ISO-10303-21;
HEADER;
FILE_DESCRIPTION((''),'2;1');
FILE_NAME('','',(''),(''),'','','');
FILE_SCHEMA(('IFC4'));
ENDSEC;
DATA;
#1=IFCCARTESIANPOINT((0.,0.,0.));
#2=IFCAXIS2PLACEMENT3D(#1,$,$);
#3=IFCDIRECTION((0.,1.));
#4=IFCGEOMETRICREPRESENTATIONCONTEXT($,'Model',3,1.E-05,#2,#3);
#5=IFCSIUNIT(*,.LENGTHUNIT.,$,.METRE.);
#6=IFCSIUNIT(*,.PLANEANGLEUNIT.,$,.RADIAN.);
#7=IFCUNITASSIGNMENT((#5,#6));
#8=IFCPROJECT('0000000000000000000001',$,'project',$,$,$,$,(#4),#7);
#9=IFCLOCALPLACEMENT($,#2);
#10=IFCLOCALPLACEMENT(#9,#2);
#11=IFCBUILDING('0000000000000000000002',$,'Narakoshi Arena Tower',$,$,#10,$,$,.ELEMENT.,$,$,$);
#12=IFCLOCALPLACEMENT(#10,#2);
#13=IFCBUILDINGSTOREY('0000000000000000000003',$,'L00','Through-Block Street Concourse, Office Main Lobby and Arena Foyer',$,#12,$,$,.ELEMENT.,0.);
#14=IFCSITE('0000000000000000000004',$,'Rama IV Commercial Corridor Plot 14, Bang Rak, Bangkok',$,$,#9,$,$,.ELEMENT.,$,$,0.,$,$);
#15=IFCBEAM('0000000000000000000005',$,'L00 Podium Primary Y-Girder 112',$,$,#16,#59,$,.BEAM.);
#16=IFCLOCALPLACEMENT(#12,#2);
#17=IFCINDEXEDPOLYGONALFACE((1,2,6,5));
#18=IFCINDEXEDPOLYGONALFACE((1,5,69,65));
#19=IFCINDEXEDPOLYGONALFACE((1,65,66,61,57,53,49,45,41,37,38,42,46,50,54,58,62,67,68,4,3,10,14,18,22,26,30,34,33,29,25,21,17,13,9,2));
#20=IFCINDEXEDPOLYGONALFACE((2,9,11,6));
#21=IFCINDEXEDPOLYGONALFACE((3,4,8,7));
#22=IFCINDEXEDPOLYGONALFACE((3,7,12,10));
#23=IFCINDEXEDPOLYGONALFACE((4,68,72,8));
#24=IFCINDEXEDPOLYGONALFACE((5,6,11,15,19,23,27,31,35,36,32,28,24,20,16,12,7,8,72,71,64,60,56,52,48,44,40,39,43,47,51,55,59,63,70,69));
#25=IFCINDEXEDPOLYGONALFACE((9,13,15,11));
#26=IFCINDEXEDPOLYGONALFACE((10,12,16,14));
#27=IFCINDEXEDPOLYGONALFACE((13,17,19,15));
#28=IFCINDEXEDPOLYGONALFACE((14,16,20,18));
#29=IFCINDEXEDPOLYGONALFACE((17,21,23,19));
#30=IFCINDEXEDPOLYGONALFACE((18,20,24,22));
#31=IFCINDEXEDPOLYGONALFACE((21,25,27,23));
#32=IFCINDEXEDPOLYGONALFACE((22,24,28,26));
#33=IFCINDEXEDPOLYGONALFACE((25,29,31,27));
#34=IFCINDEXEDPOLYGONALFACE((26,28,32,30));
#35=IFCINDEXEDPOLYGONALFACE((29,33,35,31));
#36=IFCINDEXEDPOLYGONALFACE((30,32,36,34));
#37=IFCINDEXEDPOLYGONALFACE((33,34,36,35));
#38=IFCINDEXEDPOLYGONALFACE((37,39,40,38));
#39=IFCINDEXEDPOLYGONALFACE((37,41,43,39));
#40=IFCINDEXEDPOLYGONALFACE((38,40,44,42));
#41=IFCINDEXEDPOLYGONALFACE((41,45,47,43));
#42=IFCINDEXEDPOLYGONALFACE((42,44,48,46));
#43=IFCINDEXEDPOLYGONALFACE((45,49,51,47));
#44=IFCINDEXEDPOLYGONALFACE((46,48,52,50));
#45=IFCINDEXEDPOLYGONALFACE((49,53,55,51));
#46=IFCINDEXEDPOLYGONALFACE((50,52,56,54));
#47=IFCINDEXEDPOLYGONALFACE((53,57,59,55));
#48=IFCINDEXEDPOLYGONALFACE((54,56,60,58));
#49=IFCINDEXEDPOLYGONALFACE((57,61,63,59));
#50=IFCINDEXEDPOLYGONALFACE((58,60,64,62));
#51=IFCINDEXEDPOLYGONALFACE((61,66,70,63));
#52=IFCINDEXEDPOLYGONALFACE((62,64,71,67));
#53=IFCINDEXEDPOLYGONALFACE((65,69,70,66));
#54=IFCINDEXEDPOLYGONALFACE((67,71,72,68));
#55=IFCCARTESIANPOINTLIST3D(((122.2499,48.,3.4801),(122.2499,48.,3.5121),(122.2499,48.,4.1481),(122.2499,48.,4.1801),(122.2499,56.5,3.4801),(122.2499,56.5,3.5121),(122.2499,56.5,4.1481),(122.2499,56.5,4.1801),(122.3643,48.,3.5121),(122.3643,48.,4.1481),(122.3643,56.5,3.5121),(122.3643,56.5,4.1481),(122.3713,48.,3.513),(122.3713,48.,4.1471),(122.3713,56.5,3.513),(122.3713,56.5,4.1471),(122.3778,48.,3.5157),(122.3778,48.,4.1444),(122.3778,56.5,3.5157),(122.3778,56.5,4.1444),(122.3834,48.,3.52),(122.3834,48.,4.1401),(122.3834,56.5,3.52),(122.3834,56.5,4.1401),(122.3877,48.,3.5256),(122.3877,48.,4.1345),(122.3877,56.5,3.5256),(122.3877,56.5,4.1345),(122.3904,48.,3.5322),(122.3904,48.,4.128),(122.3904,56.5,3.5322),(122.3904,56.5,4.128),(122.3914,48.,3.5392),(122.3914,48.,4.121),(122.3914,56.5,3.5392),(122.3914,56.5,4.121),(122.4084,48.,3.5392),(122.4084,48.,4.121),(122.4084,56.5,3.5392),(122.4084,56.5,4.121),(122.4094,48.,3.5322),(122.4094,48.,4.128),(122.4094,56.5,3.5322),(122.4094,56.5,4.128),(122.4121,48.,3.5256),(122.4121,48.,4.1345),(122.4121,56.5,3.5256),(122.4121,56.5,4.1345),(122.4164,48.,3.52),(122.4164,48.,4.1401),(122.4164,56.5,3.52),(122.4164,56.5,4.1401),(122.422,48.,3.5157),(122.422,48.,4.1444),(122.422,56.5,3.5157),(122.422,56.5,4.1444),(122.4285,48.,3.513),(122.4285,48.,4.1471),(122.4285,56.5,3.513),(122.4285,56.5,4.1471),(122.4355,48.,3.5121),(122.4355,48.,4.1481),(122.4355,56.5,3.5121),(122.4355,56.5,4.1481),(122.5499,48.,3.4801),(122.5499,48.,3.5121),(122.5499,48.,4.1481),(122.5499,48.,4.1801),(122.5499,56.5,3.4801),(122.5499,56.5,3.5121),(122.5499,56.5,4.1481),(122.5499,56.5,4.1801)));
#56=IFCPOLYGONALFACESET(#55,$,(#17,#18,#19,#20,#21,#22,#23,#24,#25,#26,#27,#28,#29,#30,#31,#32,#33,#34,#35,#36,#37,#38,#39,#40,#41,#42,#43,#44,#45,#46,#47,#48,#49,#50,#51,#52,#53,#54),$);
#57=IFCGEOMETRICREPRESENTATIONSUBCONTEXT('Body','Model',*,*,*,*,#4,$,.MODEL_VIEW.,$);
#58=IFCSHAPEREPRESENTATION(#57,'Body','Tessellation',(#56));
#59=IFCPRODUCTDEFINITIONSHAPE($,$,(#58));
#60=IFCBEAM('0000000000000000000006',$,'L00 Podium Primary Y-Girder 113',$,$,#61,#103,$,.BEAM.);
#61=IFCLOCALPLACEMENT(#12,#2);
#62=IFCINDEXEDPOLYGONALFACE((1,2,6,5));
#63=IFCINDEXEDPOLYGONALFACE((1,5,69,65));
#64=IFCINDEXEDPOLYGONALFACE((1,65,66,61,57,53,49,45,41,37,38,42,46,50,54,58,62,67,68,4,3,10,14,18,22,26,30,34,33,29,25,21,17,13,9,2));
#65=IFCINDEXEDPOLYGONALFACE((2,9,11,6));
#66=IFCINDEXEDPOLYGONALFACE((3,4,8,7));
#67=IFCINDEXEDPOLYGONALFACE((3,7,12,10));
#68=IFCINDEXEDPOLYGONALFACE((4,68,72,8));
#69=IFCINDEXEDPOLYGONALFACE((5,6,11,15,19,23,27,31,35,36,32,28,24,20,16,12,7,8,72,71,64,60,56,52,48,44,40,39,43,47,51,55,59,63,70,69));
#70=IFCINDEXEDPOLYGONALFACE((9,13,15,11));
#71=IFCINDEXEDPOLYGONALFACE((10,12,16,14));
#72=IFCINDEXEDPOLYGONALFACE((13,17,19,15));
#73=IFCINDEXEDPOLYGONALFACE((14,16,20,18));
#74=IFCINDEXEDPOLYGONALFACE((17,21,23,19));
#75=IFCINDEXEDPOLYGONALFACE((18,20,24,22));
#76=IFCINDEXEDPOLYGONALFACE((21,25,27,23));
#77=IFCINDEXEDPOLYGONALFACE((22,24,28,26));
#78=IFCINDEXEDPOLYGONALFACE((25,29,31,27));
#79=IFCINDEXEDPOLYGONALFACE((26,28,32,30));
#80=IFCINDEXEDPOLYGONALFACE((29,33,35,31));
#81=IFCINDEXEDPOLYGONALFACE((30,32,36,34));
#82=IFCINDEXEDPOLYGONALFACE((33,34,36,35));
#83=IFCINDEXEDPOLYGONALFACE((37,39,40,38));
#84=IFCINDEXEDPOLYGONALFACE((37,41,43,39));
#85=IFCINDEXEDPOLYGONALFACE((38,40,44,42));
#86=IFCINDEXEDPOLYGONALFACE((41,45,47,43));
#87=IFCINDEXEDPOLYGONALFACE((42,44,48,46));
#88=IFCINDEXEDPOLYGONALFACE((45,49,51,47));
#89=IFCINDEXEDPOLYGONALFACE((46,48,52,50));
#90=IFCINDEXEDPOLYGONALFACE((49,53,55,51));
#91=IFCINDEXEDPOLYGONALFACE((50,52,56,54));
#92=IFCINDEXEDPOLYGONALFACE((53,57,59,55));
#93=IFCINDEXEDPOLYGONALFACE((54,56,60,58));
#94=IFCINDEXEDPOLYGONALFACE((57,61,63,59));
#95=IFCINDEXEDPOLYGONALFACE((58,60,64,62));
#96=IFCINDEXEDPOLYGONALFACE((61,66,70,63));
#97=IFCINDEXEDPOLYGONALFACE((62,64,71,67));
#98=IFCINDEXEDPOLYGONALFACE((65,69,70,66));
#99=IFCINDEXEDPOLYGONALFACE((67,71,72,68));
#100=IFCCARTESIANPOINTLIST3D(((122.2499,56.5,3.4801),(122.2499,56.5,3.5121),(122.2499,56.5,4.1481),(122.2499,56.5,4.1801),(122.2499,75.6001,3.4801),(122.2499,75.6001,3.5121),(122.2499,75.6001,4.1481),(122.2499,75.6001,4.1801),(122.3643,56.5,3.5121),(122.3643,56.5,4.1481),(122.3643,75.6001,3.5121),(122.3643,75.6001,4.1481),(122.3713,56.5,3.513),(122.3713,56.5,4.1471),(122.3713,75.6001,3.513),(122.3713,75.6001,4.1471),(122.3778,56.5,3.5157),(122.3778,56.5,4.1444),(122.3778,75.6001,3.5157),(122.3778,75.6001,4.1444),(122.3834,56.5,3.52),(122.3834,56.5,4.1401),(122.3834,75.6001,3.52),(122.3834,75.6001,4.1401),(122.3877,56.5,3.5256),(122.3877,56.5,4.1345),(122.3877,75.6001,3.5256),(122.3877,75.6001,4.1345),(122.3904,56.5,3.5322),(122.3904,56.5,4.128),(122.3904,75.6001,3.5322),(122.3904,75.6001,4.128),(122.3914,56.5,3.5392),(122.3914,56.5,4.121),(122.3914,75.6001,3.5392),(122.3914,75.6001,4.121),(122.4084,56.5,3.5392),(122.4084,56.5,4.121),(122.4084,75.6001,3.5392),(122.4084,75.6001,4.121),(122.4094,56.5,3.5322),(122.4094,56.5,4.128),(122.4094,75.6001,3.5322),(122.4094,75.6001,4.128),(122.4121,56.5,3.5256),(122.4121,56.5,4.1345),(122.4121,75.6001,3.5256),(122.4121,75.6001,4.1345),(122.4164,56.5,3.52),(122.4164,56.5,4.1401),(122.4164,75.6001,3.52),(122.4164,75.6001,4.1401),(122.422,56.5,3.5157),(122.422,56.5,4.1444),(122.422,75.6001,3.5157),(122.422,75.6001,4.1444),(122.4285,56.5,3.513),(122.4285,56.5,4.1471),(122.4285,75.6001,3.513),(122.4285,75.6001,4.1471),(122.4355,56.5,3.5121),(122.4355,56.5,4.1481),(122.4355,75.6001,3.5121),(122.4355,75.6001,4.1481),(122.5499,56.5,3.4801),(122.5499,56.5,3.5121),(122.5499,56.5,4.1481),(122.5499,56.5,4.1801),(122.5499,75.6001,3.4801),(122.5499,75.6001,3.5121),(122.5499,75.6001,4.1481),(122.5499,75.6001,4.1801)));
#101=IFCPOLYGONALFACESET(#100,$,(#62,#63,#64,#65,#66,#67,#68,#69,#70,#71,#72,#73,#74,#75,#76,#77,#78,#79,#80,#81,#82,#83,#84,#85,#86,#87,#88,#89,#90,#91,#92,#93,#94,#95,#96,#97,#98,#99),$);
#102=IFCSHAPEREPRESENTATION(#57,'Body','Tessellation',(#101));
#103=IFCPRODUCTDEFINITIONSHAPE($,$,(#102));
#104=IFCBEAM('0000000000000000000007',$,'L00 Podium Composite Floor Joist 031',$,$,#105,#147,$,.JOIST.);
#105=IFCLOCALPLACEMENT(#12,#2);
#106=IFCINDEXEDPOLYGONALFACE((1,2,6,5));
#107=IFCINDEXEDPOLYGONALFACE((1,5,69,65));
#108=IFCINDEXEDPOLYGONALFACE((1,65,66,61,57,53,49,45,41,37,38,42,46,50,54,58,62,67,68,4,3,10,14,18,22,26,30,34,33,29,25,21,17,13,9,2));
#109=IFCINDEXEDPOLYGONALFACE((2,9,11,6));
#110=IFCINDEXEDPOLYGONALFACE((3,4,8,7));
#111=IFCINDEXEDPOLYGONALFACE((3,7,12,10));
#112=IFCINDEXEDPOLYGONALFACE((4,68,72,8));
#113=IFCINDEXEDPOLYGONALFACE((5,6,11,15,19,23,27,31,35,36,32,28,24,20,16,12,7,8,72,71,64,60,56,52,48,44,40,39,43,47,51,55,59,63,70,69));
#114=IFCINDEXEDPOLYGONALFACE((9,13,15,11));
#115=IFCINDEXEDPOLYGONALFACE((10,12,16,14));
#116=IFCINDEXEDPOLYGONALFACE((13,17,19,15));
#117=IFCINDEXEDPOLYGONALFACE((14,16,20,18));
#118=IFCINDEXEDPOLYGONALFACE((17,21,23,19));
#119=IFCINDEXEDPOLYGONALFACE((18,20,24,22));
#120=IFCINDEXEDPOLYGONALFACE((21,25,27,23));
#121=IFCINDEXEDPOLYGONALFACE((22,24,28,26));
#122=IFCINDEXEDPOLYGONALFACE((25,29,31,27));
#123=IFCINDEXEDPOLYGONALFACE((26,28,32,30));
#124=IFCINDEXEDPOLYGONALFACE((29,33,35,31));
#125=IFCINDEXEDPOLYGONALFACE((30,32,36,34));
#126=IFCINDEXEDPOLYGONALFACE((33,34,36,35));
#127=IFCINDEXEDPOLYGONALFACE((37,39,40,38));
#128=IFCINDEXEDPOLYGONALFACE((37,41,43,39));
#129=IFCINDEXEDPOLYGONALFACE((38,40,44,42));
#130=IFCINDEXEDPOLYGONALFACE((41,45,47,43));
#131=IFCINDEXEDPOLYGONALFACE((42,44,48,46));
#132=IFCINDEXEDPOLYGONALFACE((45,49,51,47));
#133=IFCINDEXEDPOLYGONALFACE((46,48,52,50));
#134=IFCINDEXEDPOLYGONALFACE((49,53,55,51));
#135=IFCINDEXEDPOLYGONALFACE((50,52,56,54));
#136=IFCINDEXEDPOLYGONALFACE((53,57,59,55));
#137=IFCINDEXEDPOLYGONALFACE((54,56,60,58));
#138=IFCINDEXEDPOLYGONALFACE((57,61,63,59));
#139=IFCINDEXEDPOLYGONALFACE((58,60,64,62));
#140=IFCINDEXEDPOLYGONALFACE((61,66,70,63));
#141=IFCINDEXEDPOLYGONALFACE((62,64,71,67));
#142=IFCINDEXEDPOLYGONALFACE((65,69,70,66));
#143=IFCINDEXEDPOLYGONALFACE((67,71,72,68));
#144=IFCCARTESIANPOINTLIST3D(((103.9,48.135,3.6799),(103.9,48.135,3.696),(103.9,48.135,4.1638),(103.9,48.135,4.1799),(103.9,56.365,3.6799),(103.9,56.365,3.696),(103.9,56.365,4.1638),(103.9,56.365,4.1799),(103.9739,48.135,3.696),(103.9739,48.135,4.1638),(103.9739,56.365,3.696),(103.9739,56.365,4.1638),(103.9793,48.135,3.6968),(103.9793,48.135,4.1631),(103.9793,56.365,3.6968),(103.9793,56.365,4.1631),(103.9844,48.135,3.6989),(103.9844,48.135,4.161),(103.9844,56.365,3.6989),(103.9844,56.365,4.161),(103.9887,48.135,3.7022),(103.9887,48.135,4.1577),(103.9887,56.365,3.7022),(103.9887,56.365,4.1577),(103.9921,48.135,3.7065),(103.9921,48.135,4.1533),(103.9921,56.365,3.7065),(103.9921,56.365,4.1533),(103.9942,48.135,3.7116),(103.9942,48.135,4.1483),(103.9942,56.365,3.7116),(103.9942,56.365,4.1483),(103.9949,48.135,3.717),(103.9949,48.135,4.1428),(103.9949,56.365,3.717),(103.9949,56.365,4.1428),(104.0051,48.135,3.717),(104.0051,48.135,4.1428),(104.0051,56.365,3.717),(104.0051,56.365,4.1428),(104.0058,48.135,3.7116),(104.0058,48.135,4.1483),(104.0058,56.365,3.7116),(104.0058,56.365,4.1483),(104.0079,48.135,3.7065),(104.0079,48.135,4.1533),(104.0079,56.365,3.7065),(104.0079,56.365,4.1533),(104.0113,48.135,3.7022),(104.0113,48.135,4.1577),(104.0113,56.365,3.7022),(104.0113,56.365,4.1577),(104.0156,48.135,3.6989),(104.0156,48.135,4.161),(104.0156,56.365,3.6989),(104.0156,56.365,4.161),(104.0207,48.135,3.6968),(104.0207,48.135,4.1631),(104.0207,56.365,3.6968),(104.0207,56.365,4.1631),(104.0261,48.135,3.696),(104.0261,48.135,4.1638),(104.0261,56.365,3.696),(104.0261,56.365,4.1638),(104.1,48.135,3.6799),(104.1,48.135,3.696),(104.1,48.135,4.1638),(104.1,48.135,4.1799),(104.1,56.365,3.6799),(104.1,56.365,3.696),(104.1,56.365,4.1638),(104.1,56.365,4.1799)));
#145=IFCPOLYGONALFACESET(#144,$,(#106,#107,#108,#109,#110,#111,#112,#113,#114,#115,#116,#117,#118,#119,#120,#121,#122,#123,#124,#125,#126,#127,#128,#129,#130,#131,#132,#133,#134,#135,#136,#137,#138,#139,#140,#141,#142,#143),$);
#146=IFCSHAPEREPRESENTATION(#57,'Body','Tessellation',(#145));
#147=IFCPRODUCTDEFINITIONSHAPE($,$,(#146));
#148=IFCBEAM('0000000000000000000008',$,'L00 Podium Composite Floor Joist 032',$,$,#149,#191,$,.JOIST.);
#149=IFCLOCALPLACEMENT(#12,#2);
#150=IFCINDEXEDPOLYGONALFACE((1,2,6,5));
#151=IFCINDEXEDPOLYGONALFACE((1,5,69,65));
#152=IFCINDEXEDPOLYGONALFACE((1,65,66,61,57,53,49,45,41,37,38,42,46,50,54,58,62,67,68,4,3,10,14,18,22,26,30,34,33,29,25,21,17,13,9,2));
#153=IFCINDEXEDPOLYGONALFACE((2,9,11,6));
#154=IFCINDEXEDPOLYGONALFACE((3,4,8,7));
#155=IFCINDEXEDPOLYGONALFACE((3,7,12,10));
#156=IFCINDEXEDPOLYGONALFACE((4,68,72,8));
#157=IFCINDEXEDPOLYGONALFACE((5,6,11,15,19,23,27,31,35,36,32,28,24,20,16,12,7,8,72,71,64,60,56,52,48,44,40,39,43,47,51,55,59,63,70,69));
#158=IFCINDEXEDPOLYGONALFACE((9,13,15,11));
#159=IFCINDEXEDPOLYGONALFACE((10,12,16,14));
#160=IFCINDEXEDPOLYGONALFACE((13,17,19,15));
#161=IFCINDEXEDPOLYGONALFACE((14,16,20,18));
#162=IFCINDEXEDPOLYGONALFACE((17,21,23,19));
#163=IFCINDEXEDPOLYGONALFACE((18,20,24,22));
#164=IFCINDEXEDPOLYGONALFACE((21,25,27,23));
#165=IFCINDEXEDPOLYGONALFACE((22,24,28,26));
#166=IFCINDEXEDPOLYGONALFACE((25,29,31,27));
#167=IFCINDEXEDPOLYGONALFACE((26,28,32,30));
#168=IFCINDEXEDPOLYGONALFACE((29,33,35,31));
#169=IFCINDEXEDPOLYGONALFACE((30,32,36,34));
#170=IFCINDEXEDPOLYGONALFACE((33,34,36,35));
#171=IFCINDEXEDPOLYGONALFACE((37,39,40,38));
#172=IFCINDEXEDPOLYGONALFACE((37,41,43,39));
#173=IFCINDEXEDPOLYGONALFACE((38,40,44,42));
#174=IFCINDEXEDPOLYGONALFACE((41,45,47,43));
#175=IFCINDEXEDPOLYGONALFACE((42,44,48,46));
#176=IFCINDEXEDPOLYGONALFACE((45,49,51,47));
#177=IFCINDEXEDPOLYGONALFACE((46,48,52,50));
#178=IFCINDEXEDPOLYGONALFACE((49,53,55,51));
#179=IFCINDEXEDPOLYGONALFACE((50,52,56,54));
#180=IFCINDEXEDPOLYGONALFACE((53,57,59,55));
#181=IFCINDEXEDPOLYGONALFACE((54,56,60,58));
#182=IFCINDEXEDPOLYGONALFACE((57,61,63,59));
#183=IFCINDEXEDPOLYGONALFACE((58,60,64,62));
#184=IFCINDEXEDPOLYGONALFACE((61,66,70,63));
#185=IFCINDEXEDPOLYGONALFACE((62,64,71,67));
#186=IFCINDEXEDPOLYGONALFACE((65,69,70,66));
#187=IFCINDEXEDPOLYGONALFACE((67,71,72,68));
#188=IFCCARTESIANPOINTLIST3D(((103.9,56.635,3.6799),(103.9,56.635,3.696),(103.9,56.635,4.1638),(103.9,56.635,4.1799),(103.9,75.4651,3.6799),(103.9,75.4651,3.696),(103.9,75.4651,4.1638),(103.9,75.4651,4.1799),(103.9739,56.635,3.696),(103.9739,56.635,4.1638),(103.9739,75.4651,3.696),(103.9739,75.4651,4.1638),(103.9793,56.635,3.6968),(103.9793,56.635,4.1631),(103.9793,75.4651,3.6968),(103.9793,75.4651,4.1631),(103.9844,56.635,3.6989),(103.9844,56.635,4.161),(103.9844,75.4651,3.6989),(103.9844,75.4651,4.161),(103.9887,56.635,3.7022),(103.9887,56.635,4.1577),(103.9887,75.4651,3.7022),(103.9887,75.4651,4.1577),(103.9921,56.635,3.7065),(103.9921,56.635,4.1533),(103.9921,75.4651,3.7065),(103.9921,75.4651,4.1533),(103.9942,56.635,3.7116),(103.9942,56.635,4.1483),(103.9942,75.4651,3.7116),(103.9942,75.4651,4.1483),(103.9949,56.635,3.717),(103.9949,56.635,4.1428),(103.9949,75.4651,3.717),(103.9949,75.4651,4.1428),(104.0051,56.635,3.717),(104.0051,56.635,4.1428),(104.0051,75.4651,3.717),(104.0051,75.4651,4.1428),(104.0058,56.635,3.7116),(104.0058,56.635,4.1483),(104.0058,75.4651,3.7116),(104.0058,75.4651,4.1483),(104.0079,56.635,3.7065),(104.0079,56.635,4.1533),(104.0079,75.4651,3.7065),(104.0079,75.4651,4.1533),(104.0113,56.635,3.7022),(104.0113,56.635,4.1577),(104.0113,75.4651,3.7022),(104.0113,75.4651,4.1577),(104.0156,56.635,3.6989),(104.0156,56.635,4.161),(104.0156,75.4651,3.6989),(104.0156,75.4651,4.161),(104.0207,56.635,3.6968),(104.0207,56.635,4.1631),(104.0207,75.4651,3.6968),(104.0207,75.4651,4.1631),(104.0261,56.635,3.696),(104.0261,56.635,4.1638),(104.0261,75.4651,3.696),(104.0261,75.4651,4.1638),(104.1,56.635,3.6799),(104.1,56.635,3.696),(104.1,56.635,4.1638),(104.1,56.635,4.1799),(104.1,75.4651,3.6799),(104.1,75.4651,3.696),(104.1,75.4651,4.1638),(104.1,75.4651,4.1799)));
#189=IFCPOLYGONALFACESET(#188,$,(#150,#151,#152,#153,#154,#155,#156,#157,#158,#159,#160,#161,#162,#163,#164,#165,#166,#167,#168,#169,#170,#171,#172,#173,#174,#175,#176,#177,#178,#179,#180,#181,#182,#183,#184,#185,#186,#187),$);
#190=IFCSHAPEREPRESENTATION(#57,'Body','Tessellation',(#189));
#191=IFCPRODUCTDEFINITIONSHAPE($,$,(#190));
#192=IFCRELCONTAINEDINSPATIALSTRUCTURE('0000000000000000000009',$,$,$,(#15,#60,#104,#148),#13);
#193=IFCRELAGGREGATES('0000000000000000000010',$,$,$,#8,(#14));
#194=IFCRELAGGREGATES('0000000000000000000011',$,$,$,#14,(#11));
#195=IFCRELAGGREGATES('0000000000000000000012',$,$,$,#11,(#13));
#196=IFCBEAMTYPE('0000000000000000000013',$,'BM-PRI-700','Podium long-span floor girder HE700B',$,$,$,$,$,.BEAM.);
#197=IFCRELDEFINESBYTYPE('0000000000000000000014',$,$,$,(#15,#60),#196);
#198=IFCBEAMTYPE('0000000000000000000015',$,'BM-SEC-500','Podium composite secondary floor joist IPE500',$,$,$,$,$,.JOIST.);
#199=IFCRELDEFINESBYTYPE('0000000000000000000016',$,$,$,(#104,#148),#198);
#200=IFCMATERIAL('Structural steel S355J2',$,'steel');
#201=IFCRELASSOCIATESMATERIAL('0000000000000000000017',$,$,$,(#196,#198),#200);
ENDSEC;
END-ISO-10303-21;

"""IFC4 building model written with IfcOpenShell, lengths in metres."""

from ifc_helpers import new_model, si_unit, direction, frame, origin, origin_2d, place, context, subcontext, project, spatial, i_section, extrude, material, material_profile, profile_set, type_object, element, save


model = new_model("IFC4")

# Units and contexts
model_context = context("Model", 3, precision=1e-05, world=origin(), true_north=direction((0.0, 1.0)))
body_context = subcontext(model_context, "Body", "Model", "MODEL_VIEW")
ifc_project = project(units=[si_unit("LENGTHUNIT", "METRE"), si_unit("PLANEANGLEUNIT", "RADIAN")], contexts=[model_context])

# Site, building, storey
site_placement = place(None, origin())
site = spatial("IfcSite", under=ifc_project, at=site_placement, Name="Rama IV Commercial Corridor Plot 14, Bang Rak, Bangkok", CompositionType="ELEMENT", RefElevation=0.0)
building_placement = place(site_placement, origin())
building = spatial("IfcBuilding", under=site, at=building_placement, Name="Narakoshi Arena Tower", CompositionType="ELEMENT")
storey_placement = place(building_placement, origin())
storey = spatial("IfcBuildingStorey", under=building, at=storey_placement, Name="L00", Description="Through-Block Street Concourse, Office Main Lobby and Arena Foyer", CompositionType="ELEMENT", Elevation=0.0)

# Beams
ifc_material_1 = material(Name="Structural steel S355J2", Category="steel")
ifc_material_profile_1 = material_profile(ifc_material_1, i_section(OverallWidth=0.3, OverallDepth=0.7, WebThickness=0.0171, FlangeThickness=0.032, FilletRadius=0.0271, at=origin_2d()), Name="HE700B")
ifc_profile_set_1 = profile_set([ifc_material_profile_1], Name="Structural steel S355J2")
beam_type_1 = type_object("IfcBeamType", Name="BM-PRI-700", Description="Podium long-span floor girder HE700B", PredefinedType="BEAM", material=ifc_profile_set_1)
beam_1_placement = place(storey_placement, frame((122.3999, 48.0, 3.8301), z_axis=(0.0, 1.0, 0.0), x_axis=(-1.0, 0.0, 0.0)))
element("IfcBeam", 1, at=beam_1_placement, inside=storey, type_object=beam_type_1, Name="L00 Podium Primary Y-Girder 112", PredefinedType="BEAM", context=body_context, shape_type="SweptSolid", body=[
    extrude(i_section(OverallWidth=0.3, OverallDepth=0.7, WebThickness=0.0171, FlangeThickness=0.032, FilletRadius=0.0271, at=origin_2d()), origin(), (0.0, 0.0, 1.0), 8.5),
])
beam_2_placement = place(storey_placement, frame((122.3999, 56.5, 3.8301), z_axis=(0.0, 1.0, 0.0), x_axis=(-1.0, 0.0, 0.0)))
element("IfcBeam", 2, at=beam_2_placement, inside=storey, type_object=beam_type_1, Name="L00 Podium Primary Y-Girder 113", PredefinedType="BEAM", context=body_context, shape_type="SweptSolid", body=[
    extrude(i_section(OverallWidth=0.3, OverallDepth=0.7, WebThickness=0.0171, FlangeThickness=0.032, FilletRadius=0.0271, at=origin_2d()), origin(), (0.0, 0.0, 1.0), 19.1001),
])
ifc_material_profile_2 = material_profile(ifc_material_1, i_section(OverallWidth=0.2, OverallDepth=0.5, WebThickness=0.0103, FlangeThickness=0.0161, FilletRadius=0.021, at=origin_2d()), Name="IPE500")
ifc_profile_set_2 = profile_set([ifc_material_profile_2], Name="Structural steel S355J2")
beam_type_2 = type_object("IfcBeamType", Name="BM-SEC-500", Description="Podium composite secondary floor joist IPE500", PredefinedType="JOIST", material=ifc_profile_set_2)
beam_3_placement = place(storey_placement, frame((104.0, 48.135, 3.9299), z_axis=(0.0, 1.0, 0.0), x_axis=(-1.0, 0.0, 0.0)))
element("IfcBeam", 3, at=beam_3_placement, inside=storey, type_object=beam_type_2, Name="L00 Podium Composite Floor Joist 031", PredefinedType="JOIST", context=body_context, shape_type="SweptSolid", body=[
    extrude(i_section(OverallWidth=0.2, OverallDepth=0.5, WebThickness=0.0103, FlangeThickness=0.0161, FilletRadius=0.021, at=origin_2d()), origin(), (0.0, 0.0, 1.0), 8.23),
])
beam_4_placement = place(storey_placement, frame((104.0, 56.635, 3.9299), z_axis=(0.0, 1.0, 0.0), x_axis=(-1.0, 0.0, 0.0)))
element("IfcBeam", 4, at=beam_4_placement, inside=storey, type_object=beam_type_2, Name="L00 Podium Composite Floor Joist 032", PredefinedType="JOIST", context=body_context, shape_type="SweptSolid", body=[
    extrude(i_section(OverallWidth=0.2, OverallDepth=0.5, WebThickness=0.0103, FlangeThickness=0.0161, FilletRadius=0.021, at=origin_2d()), origin(), (0.0, 0.0, 1.0), 18.8301),
])

save(model, "model.ifc")
